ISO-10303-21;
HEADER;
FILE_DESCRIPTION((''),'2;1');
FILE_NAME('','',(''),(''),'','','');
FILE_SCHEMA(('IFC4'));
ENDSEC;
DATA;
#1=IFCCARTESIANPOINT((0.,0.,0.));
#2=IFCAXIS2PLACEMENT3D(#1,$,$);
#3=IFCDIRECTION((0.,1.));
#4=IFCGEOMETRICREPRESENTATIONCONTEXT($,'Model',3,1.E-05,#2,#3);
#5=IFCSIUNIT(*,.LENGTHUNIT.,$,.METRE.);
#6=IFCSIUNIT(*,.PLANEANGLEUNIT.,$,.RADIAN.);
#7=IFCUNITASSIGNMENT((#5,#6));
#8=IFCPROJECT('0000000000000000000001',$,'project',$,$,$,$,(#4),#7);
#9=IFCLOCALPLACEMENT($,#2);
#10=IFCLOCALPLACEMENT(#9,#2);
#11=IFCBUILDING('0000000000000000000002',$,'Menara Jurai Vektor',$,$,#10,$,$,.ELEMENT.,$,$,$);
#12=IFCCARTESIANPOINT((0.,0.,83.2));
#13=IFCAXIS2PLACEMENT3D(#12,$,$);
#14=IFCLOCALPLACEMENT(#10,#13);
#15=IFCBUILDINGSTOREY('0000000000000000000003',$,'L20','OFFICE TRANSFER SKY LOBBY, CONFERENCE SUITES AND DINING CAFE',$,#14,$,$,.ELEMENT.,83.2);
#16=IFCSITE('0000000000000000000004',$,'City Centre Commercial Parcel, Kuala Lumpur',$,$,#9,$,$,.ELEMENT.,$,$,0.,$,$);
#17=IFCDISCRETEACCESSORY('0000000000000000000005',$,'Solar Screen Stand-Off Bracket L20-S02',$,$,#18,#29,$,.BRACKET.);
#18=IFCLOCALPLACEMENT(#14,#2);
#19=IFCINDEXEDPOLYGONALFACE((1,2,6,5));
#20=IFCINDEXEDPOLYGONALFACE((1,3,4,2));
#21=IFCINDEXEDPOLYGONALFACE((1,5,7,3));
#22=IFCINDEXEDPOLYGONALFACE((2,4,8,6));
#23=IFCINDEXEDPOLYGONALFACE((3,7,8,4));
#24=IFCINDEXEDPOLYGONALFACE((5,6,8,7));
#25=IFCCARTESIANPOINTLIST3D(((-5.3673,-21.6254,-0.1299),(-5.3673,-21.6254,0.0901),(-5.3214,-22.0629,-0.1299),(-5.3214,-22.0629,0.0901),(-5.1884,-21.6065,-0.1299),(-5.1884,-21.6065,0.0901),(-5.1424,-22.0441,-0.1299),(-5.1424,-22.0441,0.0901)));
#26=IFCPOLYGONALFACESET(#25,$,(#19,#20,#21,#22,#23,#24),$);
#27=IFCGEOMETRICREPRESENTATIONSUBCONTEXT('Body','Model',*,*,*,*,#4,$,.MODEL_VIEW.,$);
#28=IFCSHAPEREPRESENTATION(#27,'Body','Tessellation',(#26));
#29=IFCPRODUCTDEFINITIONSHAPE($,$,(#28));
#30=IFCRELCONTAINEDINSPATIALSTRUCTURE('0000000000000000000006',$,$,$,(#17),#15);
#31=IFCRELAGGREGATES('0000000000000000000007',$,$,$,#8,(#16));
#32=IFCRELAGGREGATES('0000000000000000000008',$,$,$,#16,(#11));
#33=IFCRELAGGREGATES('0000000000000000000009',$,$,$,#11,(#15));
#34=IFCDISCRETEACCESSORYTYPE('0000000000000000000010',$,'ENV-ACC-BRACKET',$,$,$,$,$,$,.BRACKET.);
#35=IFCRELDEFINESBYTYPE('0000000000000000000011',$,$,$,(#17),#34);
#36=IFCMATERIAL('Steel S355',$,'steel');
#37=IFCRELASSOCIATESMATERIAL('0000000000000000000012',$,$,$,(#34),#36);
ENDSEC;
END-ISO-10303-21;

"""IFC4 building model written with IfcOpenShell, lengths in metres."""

from ifc_helpers import new_model, si_unit, direction, frame, origin, origin_2d, place, context, subcontext, project, spatial, rectangle, extrude, material, type_object, element, save


model = new_model("IFC4")

# Units and contexts
model_context = context("Model", 3, precision=1e-05, world=origin(), true_north=direction((0.0, 1.0)))
body_context = subcontext(model_context, "Body", "Model", "MODEL_VIEW")
ifc_project = project(units=[si_unit("LENGTHUNIT", "METRE"), si_unit("PLANEANGLEUNIT", "RADIAN")], contexts=[model_context])

# Site, building, storey
site_placement = place(None, origin())
site = spatial("IfcSite", under=ifc_project, at=site_placement, Name="City Centre Commercial Parcel, Kuala Lumpur", CompositionType="ELEMENT", RefElevation=0.0)
building_placement = place(site_placement, origin())
building = spatial("IfcBuilding", under=site, at=building_placement, Name="Menara Jurai Vektor", CompositionType="ELEMENT")
storey_placement = place(building_placement, frame((0.0, 0.0, 83.2)))
storey = spatial("IfcBuildingStorey", under=building, at=storey_placement, Name="L20", Description="OFFICE TRANSFER SKY LOBBY, CONFERENCE SUITES AND DINING CAFE", CompositionType="ELEMENT", Elevation=83.2)

# Shared definitions
ifc_material_1 = material(Name="Steel S355", Category="steel")

# Discrete accessory
discrete_accessory_type = type_object("IfcDiscreteAccessoryType", Name="ENV-ACC-BRACKET", PredefinedType="BRACKET", material=ifc_material_1)
discrete_accessory_placement = place(storey_placement, frame((-5.2549, -21.8347, -0.1299), z_axis=(0.0, 0.0, 1.0), x_axis=(0.994522, 0.104528, 0.0)))
element("IfcDiscreteAccessory", 1, at=discrete_accessory_placement, inside=storey, type_object=discrete_accessory_type, Name="Solar Screen Stand-Off Bracket L20-S02", PredefinedType="BRACKET", context=body_context, shape_type="SweptSolid", body=[
    extrude(rectangle(XDim=0.1799, YDim=0.4399, at=origin_2d()), origin(), (0.0, 0.0, 1.0), 0.22),
])

save(model, "model.ifc")
